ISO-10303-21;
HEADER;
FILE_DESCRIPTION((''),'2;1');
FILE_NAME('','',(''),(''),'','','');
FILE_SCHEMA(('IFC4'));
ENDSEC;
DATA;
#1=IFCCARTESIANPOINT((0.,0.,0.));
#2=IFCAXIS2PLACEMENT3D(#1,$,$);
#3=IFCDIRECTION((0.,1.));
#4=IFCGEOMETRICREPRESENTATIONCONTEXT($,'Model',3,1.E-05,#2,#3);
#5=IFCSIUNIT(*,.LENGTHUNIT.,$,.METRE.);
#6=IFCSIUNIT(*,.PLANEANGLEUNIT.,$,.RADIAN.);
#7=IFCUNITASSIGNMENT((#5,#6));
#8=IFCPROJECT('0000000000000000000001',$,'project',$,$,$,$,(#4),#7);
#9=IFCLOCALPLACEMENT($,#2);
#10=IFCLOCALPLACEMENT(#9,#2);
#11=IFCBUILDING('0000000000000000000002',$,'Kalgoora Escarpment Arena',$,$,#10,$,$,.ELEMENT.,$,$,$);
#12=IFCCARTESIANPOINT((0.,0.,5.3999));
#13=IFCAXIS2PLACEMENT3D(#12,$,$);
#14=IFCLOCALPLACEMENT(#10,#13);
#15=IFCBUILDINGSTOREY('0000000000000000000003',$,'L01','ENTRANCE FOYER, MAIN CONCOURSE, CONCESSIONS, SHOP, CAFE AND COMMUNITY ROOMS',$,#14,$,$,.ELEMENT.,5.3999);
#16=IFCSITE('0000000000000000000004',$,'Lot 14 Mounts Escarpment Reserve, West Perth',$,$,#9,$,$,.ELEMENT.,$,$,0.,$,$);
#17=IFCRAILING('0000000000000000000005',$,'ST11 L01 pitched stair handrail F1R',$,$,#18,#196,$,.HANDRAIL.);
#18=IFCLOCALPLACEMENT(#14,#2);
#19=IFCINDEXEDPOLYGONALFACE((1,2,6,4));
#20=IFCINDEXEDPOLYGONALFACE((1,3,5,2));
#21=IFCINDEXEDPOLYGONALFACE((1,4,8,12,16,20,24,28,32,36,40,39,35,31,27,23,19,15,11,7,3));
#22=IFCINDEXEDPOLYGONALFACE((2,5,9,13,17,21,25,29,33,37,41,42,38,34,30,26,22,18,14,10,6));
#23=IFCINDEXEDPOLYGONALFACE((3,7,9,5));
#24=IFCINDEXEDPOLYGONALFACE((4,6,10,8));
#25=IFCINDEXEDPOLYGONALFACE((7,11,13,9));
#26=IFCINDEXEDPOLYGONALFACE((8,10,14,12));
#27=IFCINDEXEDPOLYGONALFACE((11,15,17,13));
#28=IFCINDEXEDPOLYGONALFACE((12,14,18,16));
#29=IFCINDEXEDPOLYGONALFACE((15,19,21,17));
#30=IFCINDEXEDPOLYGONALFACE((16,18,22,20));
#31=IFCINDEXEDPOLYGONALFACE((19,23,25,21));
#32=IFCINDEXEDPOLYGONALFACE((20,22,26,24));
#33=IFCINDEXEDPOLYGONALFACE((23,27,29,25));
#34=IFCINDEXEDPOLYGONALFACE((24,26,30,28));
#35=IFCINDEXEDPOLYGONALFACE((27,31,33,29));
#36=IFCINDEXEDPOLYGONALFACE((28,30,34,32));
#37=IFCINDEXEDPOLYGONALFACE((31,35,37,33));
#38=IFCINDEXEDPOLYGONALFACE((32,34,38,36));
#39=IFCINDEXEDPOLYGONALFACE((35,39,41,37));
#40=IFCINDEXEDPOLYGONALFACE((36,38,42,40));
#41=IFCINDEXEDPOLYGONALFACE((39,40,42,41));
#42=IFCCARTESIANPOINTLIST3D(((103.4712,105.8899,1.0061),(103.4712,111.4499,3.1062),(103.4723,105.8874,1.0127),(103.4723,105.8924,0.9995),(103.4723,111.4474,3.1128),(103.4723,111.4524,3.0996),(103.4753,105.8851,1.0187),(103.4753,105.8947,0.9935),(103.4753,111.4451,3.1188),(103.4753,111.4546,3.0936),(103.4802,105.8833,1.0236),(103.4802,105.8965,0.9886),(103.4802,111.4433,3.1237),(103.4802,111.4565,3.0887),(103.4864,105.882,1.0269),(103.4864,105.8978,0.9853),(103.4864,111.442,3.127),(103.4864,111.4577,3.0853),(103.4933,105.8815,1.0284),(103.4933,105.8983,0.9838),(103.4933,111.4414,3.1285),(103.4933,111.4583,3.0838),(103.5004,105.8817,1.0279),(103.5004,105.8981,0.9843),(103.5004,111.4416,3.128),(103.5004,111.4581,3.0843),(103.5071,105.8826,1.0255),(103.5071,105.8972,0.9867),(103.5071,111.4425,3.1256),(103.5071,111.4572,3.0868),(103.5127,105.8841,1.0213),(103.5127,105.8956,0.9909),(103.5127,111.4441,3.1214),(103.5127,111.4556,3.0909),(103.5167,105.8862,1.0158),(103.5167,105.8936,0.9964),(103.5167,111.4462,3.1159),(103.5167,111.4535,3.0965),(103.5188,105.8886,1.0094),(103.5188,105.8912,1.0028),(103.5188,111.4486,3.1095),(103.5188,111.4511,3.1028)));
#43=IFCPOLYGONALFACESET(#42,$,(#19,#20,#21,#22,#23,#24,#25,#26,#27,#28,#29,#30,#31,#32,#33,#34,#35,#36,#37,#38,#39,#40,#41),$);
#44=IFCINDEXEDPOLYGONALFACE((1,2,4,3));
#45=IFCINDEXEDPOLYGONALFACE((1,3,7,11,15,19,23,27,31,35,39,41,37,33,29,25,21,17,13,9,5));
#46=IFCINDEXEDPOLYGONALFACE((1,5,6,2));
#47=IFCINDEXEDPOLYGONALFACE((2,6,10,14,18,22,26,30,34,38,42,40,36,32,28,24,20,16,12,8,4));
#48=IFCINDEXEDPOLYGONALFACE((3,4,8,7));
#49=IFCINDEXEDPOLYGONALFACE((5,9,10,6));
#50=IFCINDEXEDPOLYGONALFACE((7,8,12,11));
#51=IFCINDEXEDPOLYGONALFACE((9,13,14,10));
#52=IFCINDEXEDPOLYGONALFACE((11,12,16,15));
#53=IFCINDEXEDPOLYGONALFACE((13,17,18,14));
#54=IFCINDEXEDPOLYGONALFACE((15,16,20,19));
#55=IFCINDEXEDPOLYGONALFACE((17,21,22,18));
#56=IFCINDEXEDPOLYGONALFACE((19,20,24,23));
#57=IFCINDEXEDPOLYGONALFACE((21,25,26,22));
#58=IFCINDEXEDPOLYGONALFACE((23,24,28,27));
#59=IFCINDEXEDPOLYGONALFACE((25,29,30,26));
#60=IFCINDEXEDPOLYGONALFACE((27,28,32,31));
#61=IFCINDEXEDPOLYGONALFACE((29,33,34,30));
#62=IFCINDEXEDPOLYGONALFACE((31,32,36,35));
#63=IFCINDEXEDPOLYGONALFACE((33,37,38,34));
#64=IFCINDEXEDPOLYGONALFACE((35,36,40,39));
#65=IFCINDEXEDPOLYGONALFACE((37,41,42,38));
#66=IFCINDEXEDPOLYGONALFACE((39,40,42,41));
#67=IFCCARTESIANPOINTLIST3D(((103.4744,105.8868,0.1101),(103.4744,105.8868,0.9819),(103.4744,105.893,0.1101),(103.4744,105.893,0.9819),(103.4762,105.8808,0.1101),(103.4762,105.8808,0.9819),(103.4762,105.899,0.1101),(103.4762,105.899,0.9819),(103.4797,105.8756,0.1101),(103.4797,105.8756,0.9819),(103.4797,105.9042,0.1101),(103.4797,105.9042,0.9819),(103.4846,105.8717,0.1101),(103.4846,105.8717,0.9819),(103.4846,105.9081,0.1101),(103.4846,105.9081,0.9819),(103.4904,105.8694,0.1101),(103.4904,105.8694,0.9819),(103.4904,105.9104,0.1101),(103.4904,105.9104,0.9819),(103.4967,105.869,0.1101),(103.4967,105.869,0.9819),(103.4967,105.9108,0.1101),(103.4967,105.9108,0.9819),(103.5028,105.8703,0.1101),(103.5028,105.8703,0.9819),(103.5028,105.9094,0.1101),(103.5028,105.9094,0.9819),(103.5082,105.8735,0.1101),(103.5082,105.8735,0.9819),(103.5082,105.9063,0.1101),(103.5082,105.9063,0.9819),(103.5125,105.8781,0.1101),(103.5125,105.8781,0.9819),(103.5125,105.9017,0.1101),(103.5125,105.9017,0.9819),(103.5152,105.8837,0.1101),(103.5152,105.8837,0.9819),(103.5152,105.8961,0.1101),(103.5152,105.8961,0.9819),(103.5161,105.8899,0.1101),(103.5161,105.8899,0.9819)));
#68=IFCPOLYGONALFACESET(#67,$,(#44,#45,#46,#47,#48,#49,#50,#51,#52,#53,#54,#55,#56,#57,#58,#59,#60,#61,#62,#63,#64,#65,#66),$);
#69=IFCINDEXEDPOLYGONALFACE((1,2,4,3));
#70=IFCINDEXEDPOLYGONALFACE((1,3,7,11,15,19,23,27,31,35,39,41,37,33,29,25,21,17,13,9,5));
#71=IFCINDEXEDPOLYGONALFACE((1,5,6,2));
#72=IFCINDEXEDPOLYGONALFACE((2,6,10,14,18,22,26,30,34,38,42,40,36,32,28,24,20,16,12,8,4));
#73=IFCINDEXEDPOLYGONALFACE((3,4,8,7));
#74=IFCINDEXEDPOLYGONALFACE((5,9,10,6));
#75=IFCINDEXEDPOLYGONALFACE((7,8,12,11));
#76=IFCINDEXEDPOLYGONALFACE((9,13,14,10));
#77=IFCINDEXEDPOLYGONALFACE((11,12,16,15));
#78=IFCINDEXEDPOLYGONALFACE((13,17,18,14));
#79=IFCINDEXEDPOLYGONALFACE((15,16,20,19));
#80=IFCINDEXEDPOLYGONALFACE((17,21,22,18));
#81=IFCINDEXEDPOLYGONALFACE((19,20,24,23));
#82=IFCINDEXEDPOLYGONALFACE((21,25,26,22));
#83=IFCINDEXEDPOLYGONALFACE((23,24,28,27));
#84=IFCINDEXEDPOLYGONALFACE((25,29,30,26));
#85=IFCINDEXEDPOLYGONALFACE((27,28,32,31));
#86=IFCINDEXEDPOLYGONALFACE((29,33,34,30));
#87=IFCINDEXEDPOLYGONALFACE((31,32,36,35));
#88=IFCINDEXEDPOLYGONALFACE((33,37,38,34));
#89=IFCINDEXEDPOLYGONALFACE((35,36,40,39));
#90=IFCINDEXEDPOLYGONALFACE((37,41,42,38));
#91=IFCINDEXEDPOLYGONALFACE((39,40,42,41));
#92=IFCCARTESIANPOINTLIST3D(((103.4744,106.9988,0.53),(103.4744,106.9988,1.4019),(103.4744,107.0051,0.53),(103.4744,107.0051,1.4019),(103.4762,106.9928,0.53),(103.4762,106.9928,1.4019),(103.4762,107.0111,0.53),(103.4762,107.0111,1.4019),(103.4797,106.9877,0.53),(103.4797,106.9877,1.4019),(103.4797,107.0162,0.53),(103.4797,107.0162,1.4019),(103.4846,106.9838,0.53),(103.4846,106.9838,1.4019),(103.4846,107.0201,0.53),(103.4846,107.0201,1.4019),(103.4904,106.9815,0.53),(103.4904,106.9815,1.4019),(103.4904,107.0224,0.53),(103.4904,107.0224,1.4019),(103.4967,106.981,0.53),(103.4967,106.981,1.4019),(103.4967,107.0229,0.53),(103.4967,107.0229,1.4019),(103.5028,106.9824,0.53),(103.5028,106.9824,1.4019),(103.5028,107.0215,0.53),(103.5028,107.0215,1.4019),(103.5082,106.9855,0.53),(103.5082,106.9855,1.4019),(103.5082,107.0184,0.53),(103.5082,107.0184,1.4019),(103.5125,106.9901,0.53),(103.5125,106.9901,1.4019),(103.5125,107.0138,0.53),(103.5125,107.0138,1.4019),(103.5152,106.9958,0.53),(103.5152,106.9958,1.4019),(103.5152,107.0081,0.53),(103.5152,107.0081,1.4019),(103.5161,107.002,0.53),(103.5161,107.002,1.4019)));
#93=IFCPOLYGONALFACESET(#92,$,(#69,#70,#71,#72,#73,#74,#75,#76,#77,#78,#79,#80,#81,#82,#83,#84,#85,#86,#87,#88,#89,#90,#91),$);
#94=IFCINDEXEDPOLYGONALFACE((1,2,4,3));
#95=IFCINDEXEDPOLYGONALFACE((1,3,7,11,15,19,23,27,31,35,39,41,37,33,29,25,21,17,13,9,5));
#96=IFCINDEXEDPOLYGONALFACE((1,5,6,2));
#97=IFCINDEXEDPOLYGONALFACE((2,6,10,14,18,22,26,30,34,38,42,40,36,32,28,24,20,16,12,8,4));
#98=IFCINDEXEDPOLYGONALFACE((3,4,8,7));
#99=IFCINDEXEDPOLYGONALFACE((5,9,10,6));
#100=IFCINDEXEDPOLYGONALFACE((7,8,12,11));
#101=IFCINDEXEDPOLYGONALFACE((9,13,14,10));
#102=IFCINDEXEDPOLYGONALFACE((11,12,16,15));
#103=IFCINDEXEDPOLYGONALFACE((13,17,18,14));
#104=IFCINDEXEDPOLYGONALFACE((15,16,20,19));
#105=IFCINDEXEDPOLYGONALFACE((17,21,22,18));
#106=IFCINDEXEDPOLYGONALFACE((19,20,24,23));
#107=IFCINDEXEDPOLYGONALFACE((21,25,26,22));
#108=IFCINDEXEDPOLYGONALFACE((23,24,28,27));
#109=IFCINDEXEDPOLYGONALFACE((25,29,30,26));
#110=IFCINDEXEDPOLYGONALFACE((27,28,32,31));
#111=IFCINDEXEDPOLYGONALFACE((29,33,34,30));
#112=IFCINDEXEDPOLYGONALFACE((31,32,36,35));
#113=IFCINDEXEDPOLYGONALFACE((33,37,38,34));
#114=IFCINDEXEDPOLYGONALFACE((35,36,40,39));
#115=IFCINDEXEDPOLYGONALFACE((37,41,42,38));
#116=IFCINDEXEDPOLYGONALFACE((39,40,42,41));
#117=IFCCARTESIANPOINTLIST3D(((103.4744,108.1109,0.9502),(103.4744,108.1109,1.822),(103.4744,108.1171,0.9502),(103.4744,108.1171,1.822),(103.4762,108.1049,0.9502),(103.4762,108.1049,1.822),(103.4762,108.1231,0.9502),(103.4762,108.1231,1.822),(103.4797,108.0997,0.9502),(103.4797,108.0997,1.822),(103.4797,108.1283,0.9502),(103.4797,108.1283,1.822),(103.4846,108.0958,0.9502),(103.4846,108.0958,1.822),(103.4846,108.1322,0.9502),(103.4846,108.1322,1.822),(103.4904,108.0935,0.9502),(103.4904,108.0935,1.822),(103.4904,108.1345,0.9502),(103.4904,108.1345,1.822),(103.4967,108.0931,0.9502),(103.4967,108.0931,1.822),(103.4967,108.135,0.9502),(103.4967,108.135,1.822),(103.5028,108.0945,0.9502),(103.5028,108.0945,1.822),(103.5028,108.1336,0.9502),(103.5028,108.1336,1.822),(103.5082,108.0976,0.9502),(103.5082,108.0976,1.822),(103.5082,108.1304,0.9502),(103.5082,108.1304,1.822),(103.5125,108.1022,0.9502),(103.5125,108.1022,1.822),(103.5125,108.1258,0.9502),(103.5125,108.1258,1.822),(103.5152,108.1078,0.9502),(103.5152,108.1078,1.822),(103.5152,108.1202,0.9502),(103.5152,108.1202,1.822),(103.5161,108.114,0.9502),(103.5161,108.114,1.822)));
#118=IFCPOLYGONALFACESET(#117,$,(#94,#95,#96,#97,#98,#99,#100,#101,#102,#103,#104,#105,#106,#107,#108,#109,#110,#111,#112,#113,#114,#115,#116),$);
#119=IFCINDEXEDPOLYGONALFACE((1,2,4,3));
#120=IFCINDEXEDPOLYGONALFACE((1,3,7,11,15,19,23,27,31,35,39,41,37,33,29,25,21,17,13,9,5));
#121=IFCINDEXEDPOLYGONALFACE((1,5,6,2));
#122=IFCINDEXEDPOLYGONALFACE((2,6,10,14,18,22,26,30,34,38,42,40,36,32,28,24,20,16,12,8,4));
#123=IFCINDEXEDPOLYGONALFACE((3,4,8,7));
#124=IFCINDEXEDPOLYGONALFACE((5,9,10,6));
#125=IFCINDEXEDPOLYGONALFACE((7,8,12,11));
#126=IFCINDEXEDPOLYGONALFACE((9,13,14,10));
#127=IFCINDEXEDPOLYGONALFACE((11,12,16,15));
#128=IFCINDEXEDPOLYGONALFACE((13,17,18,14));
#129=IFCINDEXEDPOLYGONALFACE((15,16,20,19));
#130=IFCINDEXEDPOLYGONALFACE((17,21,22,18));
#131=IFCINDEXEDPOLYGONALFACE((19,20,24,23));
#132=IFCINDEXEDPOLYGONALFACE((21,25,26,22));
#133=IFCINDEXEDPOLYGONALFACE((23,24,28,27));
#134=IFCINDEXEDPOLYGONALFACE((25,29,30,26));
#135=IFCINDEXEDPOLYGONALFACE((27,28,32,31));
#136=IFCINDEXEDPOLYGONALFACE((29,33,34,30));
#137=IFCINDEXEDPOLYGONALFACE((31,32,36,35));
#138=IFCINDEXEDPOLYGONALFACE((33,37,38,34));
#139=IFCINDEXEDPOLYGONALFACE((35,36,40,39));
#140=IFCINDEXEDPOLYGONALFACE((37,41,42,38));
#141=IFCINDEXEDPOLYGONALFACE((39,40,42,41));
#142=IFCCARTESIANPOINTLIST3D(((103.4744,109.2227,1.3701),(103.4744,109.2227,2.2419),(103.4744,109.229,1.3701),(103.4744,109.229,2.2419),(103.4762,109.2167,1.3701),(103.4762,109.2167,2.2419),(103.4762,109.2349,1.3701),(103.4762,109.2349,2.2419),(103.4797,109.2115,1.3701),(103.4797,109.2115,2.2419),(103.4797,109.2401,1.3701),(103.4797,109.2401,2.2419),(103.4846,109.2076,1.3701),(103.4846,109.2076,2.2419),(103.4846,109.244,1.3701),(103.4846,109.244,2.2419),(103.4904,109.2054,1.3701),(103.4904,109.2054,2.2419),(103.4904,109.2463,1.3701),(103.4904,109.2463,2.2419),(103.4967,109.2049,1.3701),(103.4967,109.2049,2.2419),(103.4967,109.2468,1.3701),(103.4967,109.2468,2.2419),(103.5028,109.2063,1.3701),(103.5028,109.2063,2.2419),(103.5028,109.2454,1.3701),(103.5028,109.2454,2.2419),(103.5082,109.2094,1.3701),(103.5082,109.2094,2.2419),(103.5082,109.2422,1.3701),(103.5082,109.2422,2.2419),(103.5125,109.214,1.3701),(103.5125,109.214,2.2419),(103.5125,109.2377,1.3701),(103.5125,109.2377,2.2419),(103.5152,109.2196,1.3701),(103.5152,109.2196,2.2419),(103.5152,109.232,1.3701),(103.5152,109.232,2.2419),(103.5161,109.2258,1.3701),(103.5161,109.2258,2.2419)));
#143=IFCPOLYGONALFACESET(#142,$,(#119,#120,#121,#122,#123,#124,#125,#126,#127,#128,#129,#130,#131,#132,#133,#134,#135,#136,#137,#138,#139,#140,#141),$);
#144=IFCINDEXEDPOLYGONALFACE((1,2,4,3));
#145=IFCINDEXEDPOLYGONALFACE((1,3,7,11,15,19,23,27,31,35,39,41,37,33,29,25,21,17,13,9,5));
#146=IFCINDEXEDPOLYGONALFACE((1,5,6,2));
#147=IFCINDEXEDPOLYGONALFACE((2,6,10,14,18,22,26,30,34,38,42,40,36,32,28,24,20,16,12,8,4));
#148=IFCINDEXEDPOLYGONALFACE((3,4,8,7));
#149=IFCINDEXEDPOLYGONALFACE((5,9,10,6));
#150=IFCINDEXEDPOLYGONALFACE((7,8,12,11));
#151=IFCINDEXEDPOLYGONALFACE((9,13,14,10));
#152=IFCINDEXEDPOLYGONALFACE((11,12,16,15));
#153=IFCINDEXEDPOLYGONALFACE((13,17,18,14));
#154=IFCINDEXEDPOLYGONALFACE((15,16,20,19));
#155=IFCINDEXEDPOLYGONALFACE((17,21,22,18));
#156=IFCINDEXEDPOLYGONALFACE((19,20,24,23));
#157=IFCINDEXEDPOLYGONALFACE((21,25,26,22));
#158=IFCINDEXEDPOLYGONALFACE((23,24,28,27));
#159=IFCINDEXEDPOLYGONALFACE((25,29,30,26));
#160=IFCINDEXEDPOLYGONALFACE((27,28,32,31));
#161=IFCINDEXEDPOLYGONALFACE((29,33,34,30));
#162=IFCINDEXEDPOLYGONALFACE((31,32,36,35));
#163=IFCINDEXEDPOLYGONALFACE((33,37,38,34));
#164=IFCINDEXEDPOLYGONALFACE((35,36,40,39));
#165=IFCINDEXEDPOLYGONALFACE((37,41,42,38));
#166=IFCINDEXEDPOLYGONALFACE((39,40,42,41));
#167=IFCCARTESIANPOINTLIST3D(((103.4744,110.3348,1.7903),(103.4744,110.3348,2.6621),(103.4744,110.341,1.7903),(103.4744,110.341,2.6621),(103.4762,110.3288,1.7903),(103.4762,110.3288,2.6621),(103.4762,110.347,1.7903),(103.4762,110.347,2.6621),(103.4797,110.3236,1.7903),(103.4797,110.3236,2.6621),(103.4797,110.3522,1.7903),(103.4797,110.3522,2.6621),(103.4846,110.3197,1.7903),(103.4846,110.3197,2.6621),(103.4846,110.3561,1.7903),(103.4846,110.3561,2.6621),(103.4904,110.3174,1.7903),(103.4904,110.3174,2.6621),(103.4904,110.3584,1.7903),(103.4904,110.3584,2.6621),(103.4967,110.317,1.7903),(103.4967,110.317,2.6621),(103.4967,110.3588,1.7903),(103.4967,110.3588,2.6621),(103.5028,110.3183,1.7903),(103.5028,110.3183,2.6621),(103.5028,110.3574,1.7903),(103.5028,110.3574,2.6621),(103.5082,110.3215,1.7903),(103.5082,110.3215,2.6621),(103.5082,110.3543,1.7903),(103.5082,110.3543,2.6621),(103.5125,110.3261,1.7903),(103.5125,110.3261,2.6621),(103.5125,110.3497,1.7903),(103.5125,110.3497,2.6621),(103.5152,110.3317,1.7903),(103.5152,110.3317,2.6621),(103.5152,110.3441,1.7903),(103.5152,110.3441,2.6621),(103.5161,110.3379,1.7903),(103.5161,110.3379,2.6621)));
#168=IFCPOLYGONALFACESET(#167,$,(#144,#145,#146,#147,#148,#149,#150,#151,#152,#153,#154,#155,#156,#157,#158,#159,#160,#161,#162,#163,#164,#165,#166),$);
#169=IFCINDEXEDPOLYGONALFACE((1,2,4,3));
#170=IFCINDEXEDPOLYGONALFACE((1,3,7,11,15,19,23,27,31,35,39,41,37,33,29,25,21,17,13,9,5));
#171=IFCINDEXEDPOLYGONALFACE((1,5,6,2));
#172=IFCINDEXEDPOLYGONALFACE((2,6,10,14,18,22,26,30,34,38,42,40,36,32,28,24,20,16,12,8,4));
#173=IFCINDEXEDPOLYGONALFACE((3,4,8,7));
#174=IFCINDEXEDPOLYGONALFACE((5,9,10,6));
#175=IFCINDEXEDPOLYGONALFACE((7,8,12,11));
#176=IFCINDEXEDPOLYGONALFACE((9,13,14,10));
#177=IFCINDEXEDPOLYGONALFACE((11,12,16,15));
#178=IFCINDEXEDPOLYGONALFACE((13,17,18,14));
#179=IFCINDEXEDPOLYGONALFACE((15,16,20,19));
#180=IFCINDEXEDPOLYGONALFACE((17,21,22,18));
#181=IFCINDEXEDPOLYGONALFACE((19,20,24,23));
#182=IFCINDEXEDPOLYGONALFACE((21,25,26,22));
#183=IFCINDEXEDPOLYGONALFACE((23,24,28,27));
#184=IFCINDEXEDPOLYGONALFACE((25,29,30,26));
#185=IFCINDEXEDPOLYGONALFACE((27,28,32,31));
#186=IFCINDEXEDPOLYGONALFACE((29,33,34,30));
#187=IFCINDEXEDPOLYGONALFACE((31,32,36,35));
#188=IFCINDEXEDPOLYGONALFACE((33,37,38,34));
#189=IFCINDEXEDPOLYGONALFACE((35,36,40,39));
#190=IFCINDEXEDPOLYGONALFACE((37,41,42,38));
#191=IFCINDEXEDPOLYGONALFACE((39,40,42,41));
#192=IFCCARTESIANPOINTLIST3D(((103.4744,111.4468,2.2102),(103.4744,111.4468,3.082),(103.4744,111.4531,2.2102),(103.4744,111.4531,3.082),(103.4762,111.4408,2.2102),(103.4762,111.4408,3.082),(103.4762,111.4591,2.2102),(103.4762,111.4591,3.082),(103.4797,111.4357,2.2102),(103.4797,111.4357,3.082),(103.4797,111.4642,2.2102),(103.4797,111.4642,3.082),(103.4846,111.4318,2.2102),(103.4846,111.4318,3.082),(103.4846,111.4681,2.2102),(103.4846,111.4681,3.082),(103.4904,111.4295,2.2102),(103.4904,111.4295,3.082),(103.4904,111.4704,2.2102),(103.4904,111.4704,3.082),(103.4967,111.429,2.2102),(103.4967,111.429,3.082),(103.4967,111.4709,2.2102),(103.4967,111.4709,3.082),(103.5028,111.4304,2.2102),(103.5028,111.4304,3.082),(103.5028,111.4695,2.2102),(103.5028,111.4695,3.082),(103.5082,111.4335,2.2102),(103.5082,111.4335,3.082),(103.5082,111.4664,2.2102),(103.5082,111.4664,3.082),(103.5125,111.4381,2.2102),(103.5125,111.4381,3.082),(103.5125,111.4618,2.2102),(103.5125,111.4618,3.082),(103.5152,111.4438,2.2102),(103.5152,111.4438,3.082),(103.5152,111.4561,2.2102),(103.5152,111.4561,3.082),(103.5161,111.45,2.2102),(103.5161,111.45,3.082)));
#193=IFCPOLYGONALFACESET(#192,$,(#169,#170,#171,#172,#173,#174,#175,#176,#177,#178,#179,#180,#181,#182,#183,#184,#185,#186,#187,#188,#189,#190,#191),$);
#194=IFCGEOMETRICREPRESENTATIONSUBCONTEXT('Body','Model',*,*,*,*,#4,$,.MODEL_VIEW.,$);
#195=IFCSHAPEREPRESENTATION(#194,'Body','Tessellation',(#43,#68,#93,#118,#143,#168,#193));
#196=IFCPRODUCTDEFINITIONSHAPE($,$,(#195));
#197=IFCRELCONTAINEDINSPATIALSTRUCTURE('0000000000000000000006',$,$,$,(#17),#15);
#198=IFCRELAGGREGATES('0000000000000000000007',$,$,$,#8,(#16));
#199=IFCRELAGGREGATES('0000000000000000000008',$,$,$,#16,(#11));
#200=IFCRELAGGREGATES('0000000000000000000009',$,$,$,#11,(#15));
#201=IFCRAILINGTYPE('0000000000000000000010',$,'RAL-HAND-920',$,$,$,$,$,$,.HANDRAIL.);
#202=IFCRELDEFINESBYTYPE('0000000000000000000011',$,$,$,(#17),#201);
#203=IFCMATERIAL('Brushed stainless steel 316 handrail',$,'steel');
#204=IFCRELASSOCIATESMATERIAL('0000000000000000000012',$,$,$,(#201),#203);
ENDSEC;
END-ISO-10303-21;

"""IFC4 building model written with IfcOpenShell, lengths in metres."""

from ifc_helpers import new_model, si_unit, direction, frame, origin, origin_2d, place, context, subcontext, project, spatial, circle, extrude, material, type_object, element, save


model = new_model("IFC4")

# Units and contexts
model_context = context("Model", 3, precision=1e-05, world=origin(), true_north=direction((0.0, 1.0)))
body_context = subcontext(model_context, "Body", "Model", "MODEL_VIEW")
ifc_project = project(units=[si_unit("LENGTHUNIT", "METRE"), si_unit("PLANEANGLEUNIT", "RADIAN")], contexts=[model_context])

# Site, building, storey
site_placement = place(None, origin())
site = spatial("IfcSite", under=ifc_project, at=site_placement, Name="Lot 14 Mounts Escarpment Reserve, West Perth", CompositionType="ELEMENT", RefElevation=0.0)
building_placement = place(site_placement, origin())
building = spatial("IfcBuilding", under=site, at=building_placement, Name="Kalgoora Escarpment Arena", CompositionType="ELEMENT")
storey_placement = place(building_placement, frame((0.0, 0.0, 5.3999)))
storey = spatial("IfcBuildingStorey", under=building, at=storey_placement, Name="L01", Description="ENTRANCE FOYER, MAIN CONCOURSE, CONCESSIONS, SHOP, CAFE AND COMMUNITY ROOMS", CompositionType="ELEMENT", Elevation=5.3999)

# Railing
ifc_material_1 = material(Name="Brushed stainless steel 316 handrail", Category="steel")
railing_type_1 = type_object("IfcRailingType", Name="RAL-HAND-920", PredefinedType="HANDRAIL", material=ifc_material_1)
railing_1_placement = place(storey_placement, frame((103.4951, 105.8899, 0.1101)))
element("IfcRailing", 1, at=railing_1_placement, inside=storey, type_object=railing_type_1, Name="ST11 L01 pitched stair handrail F1R", PredefinedType="HANDRAIL", context=body_context, shape_type="SweptSolid", body=[
    extrude(circle(Radius=0.0239, at=origin_2d()), frame((0.0, 0.0, 0.896), z_axis=(0.0, 0.935493, 0.353346), x_axis=(-1.0, 0.0, 0.0)), (0.0, 0.0, 1.0), 5.9434),
    extrude(circle(Radius=0.021, at=origin_2d()), origin(), (0.0, 0.0, 1.0), 0.8718),
    extrude(circle(Radius=0.021, at=origin_2d()), frame((0.0, 1.1121, 0.4199)), (0.0, 0.0, 1.0), 0.8718),
    extrude(circle(Radius=0.021, at=origin_2d()), frame((0.0, 2.2241, 0.8401)), (0.0, 0.0, 1.0), 0.8718),
    extrude(circle(Radius=0.021, at=origin_2d()), frame((0.0, 3.3359, 1.26)), (0.0, 0.0, 1.0), 0.8718),
    extrude(circle(Radius=0.021, at=origin_2d()), frame((0.0, 4.448, 1.6802)), (0.0, 0.0, 1.0), 0.8718),
    extrude(circle(Radius=0.021, at=origin_2d()), frame((0.0, 5.5601, 2.1001)), (0.0, 0.0, 1.0), 0.8718),
])

save(model, "model.ifc")
